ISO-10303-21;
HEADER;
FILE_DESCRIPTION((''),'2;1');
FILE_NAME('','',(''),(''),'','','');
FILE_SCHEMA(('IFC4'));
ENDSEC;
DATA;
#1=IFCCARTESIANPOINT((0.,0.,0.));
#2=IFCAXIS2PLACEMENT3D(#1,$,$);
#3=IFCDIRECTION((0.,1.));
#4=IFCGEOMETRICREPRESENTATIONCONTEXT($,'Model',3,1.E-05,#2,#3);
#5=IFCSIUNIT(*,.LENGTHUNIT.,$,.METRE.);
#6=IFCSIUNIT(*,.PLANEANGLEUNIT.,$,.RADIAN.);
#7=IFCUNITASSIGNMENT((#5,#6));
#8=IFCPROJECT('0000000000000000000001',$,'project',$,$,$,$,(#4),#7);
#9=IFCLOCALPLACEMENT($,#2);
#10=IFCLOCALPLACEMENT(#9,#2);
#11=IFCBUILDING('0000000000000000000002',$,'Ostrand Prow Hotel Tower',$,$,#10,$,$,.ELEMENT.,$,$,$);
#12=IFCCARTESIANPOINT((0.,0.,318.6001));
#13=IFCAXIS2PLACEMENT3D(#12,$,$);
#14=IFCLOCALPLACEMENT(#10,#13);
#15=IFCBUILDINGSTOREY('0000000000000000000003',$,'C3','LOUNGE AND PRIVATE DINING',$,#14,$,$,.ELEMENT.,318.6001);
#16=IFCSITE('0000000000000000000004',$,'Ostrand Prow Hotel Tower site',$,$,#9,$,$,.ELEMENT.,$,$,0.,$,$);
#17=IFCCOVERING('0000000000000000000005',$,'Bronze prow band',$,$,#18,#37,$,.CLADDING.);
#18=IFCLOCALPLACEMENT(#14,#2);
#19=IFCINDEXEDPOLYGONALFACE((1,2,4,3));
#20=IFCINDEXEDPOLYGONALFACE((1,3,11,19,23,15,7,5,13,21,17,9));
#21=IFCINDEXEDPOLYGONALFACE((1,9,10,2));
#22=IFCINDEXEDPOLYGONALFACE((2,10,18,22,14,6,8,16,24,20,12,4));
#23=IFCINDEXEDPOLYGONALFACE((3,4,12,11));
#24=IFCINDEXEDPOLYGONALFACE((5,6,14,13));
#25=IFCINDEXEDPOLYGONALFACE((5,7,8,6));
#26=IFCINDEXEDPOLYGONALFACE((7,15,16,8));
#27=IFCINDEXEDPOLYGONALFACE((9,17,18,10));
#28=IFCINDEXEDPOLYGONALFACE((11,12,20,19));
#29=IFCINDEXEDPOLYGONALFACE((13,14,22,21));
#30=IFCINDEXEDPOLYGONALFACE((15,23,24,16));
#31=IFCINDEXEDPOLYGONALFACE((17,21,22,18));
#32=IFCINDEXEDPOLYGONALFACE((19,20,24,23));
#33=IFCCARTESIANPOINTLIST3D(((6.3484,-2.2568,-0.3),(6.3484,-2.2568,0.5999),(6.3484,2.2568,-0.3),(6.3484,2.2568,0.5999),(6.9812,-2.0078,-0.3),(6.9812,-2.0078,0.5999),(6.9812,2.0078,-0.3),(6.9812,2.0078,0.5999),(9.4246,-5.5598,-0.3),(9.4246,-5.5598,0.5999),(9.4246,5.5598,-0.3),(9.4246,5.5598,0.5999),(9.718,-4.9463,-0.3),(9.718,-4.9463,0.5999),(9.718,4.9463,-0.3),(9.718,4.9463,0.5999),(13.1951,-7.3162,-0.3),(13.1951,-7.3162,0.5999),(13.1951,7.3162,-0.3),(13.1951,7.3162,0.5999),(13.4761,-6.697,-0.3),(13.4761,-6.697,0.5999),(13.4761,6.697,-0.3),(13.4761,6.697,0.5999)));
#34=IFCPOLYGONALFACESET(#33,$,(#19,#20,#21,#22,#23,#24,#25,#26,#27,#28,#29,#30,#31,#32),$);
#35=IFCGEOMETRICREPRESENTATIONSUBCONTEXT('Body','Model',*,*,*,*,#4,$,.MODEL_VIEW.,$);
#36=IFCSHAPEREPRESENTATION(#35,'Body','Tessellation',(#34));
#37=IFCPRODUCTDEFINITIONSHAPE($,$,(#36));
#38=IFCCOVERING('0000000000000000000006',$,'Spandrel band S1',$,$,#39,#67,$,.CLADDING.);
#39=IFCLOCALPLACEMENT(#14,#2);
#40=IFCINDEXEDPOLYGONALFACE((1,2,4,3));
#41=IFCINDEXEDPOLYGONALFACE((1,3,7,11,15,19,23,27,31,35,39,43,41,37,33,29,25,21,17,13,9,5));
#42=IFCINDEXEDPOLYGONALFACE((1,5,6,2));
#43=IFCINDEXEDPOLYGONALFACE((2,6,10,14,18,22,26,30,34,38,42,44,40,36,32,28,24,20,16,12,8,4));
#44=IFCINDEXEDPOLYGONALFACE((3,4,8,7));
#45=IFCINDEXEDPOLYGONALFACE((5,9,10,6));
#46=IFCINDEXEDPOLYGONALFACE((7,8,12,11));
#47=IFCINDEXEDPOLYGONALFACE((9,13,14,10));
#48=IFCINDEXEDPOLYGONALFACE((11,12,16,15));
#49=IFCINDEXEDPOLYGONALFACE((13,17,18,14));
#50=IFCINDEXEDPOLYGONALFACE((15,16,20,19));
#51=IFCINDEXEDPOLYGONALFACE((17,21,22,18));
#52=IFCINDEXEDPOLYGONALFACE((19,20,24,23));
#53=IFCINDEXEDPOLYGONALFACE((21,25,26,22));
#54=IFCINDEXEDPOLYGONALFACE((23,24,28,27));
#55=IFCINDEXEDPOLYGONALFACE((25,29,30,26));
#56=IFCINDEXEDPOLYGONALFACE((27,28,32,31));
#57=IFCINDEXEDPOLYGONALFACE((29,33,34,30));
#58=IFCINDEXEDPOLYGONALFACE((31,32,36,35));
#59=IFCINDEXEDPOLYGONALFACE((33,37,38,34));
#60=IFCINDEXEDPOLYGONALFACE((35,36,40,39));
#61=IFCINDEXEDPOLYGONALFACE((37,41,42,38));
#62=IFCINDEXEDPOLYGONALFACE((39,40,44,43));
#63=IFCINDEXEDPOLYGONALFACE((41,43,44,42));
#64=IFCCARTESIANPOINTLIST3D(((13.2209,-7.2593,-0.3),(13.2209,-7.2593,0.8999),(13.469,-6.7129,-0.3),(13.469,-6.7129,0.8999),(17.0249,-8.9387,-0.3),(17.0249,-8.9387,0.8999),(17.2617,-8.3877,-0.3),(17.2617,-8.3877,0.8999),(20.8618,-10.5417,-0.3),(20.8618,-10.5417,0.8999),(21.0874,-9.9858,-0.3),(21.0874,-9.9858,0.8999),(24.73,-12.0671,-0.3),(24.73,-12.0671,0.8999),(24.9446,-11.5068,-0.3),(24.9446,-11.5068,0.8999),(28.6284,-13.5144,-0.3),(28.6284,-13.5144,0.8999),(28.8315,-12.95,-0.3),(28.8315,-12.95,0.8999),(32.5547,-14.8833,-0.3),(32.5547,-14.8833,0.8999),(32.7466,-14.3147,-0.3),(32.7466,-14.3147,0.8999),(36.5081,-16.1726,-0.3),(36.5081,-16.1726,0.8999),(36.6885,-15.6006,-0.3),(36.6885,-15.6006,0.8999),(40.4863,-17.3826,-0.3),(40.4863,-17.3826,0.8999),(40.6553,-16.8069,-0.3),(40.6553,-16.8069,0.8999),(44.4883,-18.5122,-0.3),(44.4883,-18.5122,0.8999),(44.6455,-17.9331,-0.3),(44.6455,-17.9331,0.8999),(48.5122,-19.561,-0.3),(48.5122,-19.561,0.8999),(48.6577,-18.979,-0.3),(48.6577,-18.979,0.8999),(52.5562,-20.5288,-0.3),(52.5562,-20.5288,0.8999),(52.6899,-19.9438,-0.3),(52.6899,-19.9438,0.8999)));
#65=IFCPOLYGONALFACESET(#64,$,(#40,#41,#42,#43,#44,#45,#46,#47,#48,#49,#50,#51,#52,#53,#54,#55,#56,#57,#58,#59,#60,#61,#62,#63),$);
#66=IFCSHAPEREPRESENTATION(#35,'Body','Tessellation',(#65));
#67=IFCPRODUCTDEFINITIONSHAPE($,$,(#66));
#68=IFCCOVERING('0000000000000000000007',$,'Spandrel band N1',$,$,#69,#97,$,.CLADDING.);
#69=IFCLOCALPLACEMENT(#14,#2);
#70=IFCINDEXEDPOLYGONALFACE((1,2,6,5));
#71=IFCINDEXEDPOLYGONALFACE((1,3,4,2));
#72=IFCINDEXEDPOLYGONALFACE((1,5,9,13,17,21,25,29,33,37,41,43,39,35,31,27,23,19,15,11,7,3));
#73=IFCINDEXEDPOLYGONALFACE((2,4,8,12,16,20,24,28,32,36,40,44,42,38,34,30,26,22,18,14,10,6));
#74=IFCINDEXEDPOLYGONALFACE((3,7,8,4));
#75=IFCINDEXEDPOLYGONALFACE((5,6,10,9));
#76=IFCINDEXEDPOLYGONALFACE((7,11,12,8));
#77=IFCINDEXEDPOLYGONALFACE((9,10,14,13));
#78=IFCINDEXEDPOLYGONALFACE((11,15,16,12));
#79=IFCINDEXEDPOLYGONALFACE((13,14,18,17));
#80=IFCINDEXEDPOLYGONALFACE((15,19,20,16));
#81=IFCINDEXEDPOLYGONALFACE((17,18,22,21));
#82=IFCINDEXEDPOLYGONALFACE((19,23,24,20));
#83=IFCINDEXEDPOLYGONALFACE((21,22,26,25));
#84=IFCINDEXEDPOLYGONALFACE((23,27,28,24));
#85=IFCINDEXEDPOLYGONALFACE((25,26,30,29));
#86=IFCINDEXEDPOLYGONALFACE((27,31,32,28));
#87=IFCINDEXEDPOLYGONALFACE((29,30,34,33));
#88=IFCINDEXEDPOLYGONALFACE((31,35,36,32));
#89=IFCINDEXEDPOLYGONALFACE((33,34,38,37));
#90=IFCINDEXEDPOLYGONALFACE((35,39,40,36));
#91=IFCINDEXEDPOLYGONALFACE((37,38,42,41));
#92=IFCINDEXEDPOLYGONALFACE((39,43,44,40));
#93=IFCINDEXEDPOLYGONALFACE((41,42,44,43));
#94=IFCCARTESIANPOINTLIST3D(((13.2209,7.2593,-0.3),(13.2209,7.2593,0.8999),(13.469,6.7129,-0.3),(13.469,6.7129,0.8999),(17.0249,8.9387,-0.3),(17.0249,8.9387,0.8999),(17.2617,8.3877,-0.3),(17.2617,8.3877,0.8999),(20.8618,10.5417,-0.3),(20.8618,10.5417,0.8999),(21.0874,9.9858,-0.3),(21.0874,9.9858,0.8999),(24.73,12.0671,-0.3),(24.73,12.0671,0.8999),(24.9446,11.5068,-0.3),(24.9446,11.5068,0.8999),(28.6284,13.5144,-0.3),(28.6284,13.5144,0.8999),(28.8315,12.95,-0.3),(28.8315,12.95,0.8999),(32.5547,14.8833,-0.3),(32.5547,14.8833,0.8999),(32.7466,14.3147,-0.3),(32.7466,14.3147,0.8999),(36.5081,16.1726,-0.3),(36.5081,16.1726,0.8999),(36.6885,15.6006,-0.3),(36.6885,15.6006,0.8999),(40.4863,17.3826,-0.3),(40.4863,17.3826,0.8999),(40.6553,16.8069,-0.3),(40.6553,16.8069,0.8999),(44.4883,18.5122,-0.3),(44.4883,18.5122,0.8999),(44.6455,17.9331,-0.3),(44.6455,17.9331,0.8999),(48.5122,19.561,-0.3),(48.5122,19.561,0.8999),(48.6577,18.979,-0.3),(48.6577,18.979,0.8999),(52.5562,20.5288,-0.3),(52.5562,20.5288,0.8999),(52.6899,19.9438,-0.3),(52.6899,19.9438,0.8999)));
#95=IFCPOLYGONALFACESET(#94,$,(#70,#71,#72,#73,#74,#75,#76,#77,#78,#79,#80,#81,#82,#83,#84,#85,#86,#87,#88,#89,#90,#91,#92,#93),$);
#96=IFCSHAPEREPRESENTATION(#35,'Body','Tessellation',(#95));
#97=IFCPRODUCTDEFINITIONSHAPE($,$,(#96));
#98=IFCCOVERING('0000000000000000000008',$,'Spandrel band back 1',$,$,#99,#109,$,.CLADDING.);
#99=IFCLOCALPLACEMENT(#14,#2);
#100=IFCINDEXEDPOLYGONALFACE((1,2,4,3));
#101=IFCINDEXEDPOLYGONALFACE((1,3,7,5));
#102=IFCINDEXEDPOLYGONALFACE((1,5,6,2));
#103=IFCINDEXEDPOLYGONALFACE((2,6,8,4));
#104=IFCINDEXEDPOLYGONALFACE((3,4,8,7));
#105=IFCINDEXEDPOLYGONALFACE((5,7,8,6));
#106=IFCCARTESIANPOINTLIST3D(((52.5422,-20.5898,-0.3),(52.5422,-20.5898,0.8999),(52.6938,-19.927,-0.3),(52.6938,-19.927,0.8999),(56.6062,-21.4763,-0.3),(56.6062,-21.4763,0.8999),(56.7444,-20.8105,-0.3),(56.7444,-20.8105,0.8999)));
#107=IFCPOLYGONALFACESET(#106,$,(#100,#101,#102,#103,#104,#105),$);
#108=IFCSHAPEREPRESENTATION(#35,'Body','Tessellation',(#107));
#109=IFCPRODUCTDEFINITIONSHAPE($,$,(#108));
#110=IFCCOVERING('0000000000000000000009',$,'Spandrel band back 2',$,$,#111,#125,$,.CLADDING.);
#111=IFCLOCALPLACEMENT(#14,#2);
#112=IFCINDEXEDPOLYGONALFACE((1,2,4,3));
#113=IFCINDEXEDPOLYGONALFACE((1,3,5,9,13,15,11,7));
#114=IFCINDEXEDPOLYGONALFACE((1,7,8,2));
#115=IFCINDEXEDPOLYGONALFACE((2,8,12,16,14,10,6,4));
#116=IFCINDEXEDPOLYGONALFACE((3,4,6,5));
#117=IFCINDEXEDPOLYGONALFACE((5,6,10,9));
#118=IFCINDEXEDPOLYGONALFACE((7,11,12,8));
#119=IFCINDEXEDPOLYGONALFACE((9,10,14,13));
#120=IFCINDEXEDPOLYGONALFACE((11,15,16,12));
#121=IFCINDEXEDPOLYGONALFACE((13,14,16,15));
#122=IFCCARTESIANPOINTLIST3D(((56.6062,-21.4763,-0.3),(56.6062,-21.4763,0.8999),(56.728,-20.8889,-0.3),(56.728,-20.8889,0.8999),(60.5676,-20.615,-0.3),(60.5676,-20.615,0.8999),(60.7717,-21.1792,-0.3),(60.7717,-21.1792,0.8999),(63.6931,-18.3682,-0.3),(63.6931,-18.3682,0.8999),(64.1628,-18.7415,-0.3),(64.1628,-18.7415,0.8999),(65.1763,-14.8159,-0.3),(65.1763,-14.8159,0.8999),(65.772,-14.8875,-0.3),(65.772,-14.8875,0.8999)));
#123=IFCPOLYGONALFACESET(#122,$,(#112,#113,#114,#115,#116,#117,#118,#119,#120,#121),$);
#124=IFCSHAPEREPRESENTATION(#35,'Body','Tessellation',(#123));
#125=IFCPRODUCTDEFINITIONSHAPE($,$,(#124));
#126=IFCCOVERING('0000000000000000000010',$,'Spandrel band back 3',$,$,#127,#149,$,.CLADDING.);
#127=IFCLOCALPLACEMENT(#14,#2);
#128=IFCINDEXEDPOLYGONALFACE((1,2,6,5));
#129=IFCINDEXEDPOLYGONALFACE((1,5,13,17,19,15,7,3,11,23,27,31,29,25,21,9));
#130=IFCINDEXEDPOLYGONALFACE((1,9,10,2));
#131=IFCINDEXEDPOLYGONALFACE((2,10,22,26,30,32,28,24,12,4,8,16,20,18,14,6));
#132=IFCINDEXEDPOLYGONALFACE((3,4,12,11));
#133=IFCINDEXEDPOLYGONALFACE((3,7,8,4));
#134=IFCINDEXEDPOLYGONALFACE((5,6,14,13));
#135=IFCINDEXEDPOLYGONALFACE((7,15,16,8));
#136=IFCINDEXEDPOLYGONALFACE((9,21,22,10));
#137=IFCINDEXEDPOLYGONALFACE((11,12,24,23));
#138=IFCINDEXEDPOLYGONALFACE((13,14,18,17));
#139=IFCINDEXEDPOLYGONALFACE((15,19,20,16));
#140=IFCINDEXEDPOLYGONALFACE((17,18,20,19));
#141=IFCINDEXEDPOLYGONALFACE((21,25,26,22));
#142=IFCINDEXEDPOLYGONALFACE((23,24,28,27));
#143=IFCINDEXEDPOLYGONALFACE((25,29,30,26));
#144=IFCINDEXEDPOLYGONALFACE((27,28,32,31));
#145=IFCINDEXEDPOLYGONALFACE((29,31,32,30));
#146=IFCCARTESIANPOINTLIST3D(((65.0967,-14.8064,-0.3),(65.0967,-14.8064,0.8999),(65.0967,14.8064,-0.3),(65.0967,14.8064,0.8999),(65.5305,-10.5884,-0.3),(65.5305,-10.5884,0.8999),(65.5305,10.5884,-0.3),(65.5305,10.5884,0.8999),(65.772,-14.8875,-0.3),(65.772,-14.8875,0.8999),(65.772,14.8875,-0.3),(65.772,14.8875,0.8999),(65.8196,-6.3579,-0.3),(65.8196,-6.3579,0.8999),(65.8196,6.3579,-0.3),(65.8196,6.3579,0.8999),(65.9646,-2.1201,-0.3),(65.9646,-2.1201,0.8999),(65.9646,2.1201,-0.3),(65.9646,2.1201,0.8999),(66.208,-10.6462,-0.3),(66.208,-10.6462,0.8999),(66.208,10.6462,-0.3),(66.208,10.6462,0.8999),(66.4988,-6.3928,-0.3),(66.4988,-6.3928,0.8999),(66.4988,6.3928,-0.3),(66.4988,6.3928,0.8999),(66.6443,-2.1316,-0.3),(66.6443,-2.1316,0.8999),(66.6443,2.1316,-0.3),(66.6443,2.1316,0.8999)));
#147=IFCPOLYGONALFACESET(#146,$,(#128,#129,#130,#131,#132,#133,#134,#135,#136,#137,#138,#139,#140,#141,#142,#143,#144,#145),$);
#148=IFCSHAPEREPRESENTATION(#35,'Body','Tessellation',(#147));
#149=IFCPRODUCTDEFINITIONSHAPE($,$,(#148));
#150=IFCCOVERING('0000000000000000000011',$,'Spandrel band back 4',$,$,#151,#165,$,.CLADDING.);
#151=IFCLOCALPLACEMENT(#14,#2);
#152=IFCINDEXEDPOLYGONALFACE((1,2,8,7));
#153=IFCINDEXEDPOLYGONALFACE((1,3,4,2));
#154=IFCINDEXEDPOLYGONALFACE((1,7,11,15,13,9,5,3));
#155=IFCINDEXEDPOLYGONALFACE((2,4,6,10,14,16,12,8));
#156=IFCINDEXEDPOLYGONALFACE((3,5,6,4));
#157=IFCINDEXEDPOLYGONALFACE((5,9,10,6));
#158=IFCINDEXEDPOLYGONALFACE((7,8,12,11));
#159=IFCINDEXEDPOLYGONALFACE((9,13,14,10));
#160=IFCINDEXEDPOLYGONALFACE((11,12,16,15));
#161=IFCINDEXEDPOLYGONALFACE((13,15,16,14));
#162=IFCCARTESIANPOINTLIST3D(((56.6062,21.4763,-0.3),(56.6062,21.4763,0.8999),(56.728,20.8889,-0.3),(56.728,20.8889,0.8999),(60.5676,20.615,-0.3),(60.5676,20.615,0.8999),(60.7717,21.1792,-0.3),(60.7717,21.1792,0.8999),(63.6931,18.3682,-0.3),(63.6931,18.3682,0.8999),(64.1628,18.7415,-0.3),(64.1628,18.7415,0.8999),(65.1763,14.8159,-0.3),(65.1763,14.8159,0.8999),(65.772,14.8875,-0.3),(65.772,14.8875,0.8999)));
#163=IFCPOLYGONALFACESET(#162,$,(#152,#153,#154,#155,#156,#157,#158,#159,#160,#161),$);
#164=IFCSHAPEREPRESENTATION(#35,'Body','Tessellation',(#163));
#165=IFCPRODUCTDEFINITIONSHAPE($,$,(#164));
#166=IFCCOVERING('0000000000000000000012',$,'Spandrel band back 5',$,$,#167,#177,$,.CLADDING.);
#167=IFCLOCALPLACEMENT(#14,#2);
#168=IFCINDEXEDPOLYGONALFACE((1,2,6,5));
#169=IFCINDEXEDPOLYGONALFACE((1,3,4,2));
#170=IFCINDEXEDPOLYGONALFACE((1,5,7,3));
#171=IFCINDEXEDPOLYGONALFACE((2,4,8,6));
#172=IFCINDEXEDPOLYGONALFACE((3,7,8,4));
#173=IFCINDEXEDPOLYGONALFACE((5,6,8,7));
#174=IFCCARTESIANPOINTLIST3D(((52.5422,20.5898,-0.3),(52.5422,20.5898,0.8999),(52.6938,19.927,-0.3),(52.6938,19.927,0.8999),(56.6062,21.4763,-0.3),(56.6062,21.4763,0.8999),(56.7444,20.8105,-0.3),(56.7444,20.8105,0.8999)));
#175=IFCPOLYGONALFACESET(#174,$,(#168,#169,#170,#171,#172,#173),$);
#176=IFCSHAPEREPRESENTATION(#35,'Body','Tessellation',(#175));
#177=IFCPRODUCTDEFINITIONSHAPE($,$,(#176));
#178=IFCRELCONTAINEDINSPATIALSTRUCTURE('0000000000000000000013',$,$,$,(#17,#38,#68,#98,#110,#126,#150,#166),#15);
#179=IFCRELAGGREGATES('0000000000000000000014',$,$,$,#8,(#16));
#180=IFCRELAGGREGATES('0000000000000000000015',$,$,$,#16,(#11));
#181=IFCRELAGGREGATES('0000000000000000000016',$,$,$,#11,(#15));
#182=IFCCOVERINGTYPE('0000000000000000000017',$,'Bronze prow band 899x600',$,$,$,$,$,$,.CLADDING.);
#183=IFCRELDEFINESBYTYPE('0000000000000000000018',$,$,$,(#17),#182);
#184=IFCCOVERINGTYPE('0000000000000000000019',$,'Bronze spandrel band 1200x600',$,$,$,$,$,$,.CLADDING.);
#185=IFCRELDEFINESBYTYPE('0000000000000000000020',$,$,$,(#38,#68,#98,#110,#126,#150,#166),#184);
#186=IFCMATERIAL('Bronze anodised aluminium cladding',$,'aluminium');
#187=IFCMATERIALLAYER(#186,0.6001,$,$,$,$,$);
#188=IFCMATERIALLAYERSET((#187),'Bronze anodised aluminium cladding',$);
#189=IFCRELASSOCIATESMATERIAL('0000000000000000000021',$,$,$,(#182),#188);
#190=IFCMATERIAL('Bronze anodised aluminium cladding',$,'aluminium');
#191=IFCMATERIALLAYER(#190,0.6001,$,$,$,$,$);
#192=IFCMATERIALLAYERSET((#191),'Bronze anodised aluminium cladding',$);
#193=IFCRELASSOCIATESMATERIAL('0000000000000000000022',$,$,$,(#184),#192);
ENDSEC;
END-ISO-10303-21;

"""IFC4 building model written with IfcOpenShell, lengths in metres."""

from ifc_helpers import new_model, si_unit, direction, frame, origin, place, context, subcontext, project, spatial, polyline, outline, extrude, material, layer, layer_set, type_object, element, save


model = new_model("IFC4")

# Units and contexts
model_context = context("Model", 3, precision=1e-05, world=origin(), true_north=direction((0.0, 1.0)))
body_context = subcontext(model_context, "Body", "Model", "MODEL_VIEW")
ifc_project = project(units=[si_unit("LENGTHUNIT", "METRE"), si_unit("PLANEANGLEUNIT", "RADIAN")], contexts=[model_context])

# Site, building, storey
site_placement = place(None, origin())
site = spatial("IfcSite", under=ifc_project, at=site_placement, Name="Ostrand Prow Hotel Tower site", CompositionType="ELEMENT", RefElevation=0.0)
building_placement = place(site_placement, origin())
building = spatial("IfcBuilding", under=site, at=building_placement, Name="Ostrand Prow Hotel Tower", CompositionType="ELEMENT")
storey_placement = place(building_placement, frame((0.0, 0.0, 318.6001)))
storey = spatial("IfcBuildingStorey", under=building, at=storey_placement, Name="C3", Description="LOUNGE AND PRIVATE DINING", CompositionType="ELEMENT", Elevation=318.6001)

# Coverings
ifc_material_1 = material(Name="Bronze anodised aluminium cladding", Category="aluminium")
ifc_layer_1 = layer(ifc_material_1, 0.6001)
ifc_layer_set_1 = layer_set([ifc_layer_1], Name="Bronze anodised aluminium cladding")
covering_type_1 = type_object("IfcCoveringType", Name="Bronze prow band 899x600", PredefinedType="CLADDING", material=ifc_layer_set_1)
covering_1_placement = place(storey_placement, frame((0.0, 0.0, -0.3)))
element("IfcCovering", 1, at=covering_1_placement, inside=storey, type_object=covering_type_1, Name="Bronze prow band", PredefinedType="CLADDING", context=body_context, shape_type="SweptSolid", body=[
    extrude(outline(polyline([(13.1951, 7.3162), (9.4246, 5.5598), (6.3484, 2.2568), (6.3484, -2.2568), (9.4246, -5.5598), (13.1951, -7.3162), (13.4761, -6.697), (9.718, -4.9463), (6.9812, -2.0078), (6.9812, 2.0078), (9.718, 4.9463), (13.4761, 6.697), (13.1951, 7.3162)])), origin(), (0.0, 0.0, 1.0), 0.8999),
])
ifc_material_2 = material(Name="Bronze anodised aluminium cladding", Category="aluminium")
ifc_layer_2 = layer(ifc_material_2, 0.6001)
ifc_layer_set_2 = layer_set([ifc_layer_2], Name="Bronze anodised aluminium cladding")
covering_type_2 = type_object("IfcCoveringType", Name="Bronze spandrel band 1200x600", PredefinedType="CLADDING", material=ifc_layer_set_2)
covering_2_placement = place(storey_placement, frame((0.0, 0.0, -0.3)))
element("IfcCovering", 2, at=covering_2_placement, inside=storey, type_object=covering_type_2, Name="Spandrel band S1", PredefinedType="CLADDING", context=body_context, shape_type="SweptSolid", body=[
    extrude(outline(polyline([(13.2209, -7.2593), (17.0249, -8.9387), (20.8618, -10.5417), (24.73, -12.0671), (28.6284, -13.5144), (32.5547, -14.8833), (36.5081, -16.1726), (40.4863, -17.3826), (44.4883, -18.5122), (48.5122, -19.561), (52.5562, -20.5288), (52.6899, -19.9438), (48.6577, -18.979), (44.6455, -17.9331), (40.6553, -16.8069), (36.6885, -15.6006), (32.7466, -14.3147), (28.8315, -12.95), (24.9446, -11.5068), (21.0874, -9.9858), (17.2617, -8.3877), (13.469, -6.7129), (13.2209, -7.2593)])), origin(), (0.0, 0.0, 1.0), 1.2),
])
covering_3_placement = place(storey_placement, frame((0.0, 0.0, -0.3)))
element("IfcCovering", 3, at=covering_3_placement, inside=storey, type_object=covering_type_2, Name="Spandrel band N1", PredefinedType="CLADDING", context=body_context, shape_type="SweptSolid", body=[
    extrude(outline(polyline([(52.5562, 20.5288), (48.5122, 19.561), (44.4883, 18.5122), (40.4863, 17.3826), (36.5081, 16.1726), (32.5547, 14.8833), (28.6284, 13.5144), (24.73, 12.0671), (20.8618, 10.5417), (17.0249, 8.9387), (13.2209, 7.2593), (13.469, 6.7129), (17.2617, 8.3877), (21.0874, 9.9858), (24.9446, 11.5068), (28.8315, 12.95), (32.7466, 14.3147), (36.6885, 15.6006), (40.6553, 16.8069), (44.6455, 17.9331), (48.6577, 18.979), (52.6899, 19.9438), (52.5562, 20.5288)])), origin(), (0.0, 0.0, 1.0), 1.2),
])
covering_4_placement = place(storey_placement, frame((0.0, 0.0, -0.3)))
element("IfcCovering", 4, at=covering_4_placement, inside=storey, type_object=covering_type_2, Name="Spandrel band back 1", PredefinedType="CLADDING", context=body_context, shape_type="SweptSolid", body=[
    extrude(outline(polyline([(52.5422, -20.5898), (56.6062, -21.4763), (56.7444, -20.8105), (52.6938, -19.927), (52.5422, -20.5898)])), origin(), (0.0, 0.0, 1.0), 1.2),
])
covering_5_placement = place(storey_placement, frame((0.0, 0.0, -0.3)))
element("IfcCovering", 5, at=covering_5_placement, inside=storey, type_object=covering_type_2, Name="Spandrel band back 2", PredefinedType="CLADDING", context=body_context, shape_type="SweptSolid", body=[
    extrude(outline(polyline([(56.6062, -21.4763), (60.7717, -21.1792), (64.1628, -18.7415), (65.772, -14.8875), (65.1763, -14.8159), (63.6931, -18.3682), (60.5676, -20.615), (56.728, -20.8889), (56.6062, -21.4763)])), origin(), (0.0, 0.0, 1.0), 1.2),
])
covering_6_placement = place(storey_placement, frame((0.0, 0.0, -0.3)))
element("IfcCovering", 6, at=covering_6_placement, inside=storey, type_object=covering_type_2, Name="Spandrel band back 3", PredefinedType="CLADDING", context=body_context, shape_type="SweptSolid", body=[
    extrude(outline(polyline([(65.772, -14.8875), (66.208, -10.6462), (66.4988, -6.3928), (66.6443, -2.1316), (66.6443, 2.1316), (66.4988, 6.3928), (66.208, 10.6462), (65.772, 14.8875), (65.0967, 14.8064), (65.5305, 10.5884), (65.8196, 6.3579), (65.9646, 2.1201), (65.9646, -2.1201), (65.8196, -6.3579), (65.5305, -10.5884), (65.0967, -14.8064), (65.772, -14.8875)])), origin(), (0.0, 0.0, 1.0), 1.2),
])
covering_7_placement = place(storey_placement, frame((0.0, 0.0, -0.3)))
element("IfcCovering", 7, at=covering_7_placement, inside=storey, type_object=covering_type_2, Name="Spandrel band back 4", PredefinedType="CLADDING", context=body_context, shape_type="SweptSolid", body=[
    extrude(outline(polyline([(65.772, 14.8875), (64.1628, 18.7415), (60.7717, 21.1792), (56.6062, 21.4763), (56.728, 20.8889), (60.5676, 20.615), (63.6931, 18.3682), (65.1763, 14.8159), (65.772, 14.8875)])), origin(), (0.0, 0.0, 1.0), 1.2),
])
covering_8_placement = place(storey_placement, frame((0.0, 0.0, -0.3)))
element("IfcCovering", 8, at=covering_8_placement, inside=storey, type_object=covering_type_2, Name="Spandrel band back 5", PredefinedType="CLADDING", context=body_context, shape_type="SweptSolid", body=[
    extrude(outline(polyline([(56.6062, 21.4763), (52.5422, 20.5898), (52.6938, 19.927), (56.7444, 20.8105), (56.6062, 21.4763)])), origin(), (0.0, 0.0, 1.0), 1.2),
])

save(model, "model.ifc")
